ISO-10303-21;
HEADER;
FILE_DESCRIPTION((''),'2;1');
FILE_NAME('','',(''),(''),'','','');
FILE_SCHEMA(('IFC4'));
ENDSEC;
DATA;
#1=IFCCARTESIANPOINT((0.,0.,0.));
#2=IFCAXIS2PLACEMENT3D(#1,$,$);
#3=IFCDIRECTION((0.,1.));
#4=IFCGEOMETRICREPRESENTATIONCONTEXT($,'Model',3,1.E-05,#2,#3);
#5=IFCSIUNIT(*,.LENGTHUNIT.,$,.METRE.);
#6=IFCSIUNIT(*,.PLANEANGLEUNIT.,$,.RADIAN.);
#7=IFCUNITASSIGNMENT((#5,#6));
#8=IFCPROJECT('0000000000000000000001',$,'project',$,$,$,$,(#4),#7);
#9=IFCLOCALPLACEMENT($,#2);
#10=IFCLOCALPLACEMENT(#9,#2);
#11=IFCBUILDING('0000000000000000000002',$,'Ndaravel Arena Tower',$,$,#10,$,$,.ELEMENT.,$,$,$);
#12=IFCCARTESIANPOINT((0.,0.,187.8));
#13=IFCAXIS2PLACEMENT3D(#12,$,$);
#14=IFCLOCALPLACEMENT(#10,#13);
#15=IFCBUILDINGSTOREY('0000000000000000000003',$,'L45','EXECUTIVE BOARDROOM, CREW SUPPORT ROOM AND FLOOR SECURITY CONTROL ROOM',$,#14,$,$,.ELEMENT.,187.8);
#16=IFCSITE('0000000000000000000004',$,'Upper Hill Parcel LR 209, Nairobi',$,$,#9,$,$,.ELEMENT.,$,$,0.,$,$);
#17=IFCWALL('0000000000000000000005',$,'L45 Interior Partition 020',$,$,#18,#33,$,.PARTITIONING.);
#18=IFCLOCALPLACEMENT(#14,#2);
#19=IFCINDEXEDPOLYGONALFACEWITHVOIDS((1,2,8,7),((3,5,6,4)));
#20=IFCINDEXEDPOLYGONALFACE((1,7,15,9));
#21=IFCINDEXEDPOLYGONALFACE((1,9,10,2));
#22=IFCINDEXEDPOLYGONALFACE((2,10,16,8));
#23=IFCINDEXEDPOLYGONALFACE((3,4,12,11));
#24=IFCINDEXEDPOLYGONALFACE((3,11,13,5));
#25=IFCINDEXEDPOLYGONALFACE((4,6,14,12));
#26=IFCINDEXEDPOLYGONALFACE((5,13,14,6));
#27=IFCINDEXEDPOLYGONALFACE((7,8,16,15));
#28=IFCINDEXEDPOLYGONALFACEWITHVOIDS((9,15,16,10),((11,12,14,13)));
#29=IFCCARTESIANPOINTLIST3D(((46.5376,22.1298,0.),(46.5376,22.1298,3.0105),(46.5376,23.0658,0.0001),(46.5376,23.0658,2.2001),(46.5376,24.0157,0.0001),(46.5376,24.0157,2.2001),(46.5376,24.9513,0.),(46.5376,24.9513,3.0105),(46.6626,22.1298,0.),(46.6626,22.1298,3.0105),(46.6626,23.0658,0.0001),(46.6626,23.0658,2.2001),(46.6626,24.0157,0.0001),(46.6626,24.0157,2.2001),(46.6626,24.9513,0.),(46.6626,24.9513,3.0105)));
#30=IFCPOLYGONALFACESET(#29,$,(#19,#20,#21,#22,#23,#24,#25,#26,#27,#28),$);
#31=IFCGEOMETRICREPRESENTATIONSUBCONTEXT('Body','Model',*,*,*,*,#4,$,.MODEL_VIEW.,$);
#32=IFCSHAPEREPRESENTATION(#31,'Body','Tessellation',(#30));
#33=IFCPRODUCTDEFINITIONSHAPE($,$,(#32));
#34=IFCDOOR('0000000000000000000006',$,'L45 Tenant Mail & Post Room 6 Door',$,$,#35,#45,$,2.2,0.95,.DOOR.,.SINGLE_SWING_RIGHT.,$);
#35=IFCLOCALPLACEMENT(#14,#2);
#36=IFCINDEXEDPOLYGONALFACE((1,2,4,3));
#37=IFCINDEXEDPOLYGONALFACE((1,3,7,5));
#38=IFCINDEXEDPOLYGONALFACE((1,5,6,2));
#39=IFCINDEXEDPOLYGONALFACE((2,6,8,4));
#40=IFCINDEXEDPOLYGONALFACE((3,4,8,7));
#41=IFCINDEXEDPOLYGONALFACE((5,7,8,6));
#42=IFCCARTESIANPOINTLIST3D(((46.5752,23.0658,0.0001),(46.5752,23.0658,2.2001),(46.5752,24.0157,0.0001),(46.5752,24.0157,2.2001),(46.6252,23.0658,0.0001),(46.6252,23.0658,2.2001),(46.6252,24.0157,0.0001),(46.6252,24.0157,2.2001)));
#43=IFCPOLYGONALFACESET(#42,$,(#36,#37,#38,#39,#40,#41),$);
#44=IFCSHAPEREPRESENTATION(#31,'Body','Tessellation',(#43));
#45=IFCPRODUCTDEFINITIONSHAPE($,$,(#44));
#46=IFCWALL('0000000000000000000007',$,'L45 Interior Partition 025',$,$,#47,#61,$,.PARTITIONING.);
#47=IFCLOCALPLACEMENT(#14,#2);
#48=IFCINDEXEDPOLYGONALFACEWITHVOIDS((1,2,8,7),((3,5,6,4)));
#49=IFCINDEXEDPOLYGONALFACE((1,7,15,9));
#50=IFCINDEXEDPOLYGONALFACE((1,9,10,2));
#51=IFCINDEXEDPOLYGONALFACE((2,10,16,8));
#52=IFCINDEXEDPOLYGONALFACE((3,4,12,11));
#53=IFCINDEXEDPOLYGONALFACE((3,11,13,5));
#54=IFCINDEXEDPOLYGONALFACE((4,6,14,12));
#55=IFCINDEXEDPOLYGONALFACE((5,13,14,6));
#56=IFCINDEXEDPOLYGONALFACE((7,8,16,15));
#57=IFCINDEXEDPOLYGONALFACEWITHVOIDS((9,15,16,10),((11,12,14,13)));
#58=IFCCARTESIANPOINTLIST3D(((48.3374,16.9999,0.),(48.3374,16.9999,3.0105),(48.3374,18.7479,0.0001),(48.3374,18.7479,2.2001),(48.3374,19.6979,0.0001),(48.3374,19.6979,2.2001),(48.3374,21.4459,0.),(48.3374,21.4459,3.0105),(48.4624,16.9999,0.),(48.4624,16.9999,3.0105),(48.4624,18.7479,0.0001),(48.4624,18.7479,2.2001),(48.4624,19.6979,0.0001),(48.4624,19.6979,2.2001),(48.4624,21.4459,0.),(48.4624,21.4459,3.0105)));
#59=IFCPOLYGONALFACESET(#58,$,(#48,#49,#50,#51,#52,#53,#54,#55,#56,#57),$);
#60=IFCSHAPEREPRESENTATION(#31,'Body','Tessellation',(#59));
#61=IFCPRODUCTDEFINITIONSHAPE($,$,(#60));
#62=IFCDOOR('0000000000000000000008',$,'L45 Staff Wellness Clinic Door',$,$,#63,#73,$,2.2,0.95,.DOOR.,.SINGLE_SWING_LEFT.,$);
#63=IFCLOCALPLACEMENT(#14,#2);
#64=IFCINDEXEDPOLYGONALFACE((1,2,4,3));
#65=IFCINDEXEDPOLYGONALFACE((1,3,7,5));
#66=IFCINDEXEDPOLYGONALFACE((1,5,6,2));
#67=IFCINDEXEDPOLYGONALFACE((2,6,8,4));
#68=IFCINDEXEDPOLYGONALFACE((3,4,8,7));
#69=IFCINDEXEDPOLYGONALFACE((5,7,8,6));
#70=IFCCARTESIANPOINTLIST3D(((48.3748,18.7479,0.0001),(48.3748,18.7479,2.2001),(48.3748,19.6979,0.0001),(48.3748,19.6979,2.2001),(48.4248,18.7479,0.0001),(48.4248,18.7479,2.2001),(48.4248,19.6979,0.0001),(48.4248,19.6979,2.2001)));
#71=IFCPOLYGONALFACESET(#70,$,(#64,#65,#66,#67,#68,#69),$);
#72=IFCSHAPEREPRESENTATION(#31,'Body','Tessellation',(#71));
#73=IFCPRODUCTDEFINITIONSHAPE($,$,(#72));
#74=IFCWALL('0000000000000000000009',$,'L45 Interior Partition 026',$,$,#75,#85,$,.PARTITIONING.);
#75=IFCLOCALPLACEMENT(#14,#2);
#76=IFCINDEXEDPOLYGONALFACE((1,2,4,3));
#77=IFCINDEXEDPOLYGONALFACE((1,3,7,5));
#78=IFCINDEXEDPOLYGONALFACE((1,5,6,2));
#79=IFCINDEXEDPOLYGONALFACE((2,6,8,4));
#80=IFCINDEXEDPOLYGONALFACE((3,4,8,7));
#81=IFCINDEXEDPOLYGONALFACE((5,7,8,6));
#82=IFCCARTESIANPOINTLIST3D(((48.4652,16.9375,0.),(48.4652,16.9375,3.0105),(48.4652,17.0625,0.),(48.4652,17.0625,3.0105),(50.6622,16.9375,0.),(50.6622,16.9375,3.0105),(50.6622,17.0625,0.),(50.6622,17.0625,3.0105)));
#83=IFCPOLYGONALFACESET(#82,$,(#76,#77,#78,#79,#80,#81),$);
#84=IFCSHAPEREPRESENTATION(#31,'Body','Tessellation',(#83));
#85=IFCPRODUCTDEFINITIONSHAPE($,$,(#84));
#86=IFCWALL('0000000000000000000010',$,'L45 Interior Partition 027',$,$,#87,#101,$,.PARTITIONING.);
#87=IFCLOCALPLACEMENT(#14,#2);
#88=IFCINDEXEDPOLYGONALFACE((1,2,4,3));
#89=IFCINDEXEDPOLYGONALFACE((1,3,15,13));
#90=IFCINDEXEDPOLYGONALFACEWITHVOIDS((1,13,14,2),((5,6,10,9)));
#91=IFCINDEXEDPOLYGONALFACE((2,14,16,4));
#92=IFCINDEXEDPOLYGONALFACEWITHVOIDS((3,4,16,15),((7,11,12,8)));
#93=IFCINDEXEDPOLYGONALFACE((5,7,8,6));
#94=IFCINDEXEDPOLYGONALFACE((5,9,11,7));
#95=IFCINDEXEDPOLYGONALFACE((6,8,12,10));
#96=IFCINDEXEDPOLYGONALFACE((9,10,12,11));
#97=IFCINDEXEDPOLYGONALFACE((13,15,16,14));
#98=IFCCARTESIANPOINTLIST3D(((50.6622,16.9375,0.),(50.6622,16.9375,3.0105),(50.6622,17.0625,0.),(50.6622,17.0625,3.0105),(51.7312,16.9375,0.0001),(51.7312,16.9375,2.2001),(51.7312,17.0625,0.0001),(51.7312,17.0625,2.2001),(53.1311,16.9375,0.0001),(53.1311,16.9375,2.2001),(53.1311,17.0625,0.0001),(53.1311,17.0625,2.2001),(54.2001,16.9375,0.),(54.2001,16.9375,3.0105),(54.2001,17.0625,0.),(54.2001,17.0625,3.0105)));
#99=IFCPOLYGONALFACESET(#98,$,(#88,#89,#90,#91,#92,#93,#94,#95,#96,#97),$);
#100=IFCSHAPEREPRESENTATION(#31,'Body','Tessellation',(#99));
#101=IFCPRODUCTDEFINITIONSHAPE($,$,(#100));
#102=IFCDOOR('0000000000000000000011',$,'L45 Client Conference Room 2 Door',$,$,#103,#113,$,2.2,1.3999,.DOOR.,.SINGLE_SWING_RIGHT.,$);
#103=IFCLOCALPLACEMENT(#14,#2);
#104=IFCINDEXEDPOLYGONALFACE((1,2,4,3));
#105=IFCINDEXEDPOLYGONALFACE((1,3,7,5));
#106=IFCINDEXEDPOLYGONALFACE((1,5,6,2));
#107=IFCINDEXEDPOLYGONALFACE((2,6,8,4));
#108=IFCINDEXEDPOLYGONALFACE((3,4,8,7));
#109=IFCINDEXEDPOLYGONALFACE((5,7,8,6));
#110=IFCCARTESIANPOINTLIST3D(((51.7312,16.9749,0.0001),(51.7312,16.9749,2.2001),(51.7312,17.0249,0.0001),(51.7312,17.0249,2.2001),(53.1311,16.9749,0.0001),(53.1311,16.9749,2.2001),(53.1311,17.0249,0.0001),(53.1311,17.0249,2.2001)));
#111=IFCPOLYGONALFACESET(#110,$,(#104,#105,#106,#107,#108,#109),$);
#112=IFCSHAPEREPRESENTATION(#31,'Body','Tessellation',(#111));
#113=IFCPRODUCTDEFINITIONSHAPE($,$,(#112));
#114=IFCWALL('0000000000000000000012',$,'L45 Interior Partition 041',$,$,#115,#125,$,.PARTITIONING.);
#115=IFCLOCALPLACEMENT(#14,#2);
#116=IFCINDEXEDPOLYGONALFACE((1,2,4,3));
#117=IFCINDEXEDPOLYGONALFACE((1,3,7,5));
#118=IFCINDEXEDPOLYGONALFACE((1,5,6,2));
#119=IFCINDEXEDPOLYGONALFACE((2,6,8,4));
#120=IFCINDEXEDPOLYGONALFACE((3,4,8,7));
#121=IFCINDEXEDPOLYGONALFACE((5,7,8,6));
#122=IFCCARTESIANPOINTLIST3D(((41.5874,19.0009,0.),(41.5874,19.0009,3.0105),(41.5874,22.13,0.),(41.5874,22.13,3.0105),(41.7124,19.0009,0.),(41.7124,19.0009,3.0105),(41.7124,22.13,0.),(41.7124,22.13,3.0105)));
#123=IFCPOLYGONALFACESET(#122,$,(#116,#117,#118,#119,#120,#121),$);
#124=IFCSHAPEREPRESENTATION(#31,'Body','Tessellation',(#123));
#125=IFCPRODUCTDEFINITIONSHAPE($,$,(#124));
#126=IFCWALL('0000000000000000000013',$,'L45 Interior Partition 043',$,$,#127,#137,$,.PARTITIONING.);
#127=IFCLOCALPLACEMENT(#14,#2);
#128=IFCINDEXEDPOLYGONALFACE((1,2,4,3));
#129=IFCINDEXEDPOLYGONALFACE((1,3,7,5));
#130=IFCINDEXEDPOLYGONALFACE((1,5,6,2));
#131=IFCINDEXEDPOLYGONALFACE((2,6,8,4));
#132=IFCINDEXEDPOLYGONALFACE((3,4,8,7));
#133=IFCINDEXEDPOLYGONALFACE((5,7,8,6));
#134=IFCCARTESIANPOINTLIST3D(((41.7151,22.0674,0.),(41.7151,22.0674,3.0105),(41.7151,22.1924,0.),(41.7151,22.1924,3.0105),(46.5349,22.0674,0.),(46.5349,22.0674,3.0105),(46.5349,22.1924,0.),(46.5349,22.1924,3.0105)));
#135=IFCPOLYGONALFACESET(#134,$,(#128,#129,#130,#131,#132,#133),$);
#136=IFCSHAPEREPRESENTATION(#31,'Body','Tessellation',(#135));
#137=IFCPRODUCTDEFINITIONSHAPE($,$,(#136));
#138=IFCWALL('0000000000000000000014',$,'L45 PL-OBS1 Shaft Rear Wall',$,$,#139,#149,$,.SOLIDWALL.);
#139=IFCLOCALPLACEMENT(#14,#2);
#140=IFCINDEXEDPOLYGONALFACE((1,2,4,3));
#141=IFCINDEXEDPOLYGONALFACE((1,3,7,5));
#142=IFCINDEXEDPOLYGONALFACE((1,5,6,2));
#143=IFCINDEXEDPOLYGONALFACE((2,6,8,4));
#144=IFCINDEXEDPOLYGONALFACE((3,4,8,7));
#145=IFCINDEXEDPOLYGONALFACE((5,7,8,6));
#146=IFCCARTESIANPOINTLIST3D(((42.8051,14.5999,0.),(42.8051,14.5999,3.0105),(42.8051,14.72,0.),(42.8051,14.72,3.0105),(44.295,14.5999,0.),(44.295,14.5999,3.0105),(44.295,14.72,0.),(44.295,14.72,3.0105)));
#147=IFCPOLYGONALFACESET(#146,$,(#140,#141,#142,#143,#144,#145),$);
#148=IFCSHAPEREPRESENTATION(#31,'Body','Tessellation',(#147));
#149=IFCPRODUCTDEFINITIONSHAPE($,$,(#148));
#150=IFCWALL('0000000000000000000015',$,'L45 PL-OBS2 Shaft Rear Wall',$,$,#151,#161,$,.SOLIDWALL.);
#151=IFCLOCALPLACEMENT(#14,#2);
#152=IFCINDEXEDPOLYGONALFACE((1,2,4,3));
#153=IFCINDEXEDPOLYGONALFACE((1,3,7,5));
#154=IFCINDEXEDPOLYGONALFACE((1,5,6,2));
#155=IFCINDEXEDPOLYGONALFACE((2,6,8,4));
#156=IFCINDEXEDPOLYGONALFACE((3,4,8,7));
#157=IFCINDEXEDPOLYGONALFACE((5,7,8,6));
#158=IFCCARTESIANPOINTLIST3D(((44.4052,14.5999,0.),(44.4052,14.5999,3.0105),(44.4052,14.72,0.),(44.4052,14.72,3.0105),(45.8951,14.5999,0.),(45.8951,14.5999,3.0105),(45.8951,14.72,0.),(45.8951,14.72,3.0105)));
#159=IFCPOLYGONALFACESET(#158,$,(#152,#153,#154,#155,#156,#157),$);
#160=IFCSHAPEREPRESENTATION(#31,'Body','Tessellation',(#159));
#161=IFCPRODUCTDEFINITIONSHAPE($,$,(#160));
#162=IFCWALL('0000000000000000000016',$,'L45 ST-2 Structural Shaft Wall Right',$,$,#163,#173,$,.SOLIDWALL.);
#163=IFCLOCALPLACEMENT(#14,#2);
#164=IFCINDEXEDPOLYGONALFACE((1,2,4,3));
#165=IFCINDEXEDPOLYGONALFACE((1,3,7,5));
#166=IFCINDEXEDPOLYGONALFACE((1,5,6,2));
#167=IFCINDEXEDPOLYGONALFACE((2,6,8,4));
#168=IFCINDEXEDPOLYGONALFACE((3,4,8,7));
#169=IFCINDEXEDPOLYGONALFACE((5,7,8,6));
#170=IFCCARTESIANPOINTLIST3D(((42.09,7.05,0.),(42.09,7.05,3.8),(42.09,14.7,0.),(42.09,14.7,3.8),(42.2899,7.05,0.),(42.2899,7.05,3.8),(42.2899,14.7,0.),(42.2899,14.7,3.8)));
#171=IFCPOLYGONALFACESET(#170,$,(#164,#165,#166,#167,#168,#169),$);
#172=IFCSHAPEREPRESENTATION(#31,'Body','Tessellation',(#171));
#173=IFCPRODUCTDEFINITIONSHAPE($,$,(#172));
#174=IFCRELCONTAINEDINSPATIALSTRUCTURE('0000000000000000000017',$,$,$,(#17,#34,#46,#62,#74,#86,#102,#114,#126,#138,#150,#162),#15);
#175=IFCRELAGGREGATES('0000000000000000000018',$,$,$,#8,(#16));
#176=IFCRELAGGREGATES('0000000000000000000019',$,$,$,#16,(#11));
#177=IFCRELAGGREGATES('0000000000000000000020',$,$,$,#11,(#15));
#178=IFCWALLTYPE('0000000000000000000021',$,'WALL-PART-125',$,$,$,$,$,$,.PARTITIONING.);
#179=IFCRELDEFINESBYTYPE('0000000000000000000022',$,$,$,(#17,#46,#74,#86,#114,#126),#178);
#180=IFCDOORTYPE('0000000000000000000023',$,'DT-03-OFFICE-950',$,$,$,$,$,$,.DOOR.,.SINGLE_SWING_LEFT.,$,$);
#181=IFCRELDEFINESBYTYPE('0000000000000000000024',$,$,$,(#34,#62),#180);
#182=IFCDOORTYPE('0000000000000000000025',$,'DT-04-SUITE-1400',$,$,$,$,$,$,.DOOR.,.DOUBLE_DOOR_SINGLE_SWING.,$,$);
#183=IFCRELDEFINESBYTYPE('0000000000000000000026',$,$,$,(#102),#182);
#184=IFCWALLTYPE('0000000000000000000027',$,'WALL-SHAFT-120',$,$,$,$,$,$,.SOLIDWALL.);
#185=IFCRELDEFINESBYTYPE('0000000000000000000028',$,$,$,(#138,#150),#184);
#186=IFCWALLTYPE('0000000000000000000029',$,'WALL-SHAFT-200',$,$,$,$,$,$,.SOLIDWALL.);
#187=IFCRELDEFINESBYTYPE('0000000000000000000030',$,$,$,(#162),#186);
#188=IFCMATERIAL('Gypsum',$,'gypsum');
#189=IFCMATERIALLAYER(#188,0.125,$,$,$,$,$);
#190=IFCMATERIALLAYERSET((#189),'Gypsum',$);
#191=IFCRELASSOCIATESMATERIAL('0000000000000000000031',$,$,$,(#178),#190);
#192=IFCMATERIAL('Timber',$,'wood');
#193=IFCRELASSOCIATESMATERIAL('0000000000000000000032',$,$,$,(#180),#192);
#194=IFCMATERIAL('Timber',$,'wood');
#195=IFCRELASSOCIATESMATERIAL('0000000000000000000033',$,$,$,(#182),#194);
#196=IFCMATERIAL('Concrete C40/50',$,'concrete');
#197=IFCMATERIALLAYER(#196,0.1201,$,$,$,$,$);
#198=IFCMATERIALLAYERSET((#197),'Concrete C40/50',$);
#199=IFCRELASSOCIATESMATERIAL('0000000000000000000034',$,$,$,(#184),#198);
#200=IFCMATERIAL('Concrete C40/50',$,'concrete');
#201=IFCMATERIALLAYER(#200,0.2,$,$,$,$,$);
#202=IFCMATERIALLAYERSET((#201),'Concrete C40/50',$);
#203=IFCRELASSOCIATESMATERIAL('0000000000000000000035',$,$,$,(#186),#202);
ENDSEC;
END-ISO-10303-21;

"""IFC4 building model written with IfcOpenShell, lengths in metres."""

from ifc_helpers import new_model, si_unit, direction, frame, frame_2d, origin, place, context, subcontext, project, spatial, rectangle, extrude, material, layer, layer_set, type_object, element, fill, save


model = new_model("IFC4")

# Units and contexts
model_context = context("Model", 3, precision=1e-05, world=origin(), true_north=direction((0.0, 1.0)))
body_context = subcontext(model_context, "Body", "Model", "MODEL_VIEW")
ifc_project = project(units=[si_unit("LENGTHUNIT", "METRE"), si_unit("PLANEANGLEUNIT", "RADIAN")], contexts=[model_context])

# Site, building, storey
site_placement = place(None, origin())
site = spatial("IfcSite", under=ifc_project, at=site_placement, Name="Upper Hill Parcel LR 209, Nairobi", CompositionType="ELEMENT", RefElevation=0.0)
building_placement = place(site_placement, origin())
building = spatial("IfcBuilding", under=site, at=building_placement, Name="Ndaravel Arena Tower", CompositionType="ELEMENT")
storey_placement = place(building_placement, frame((0.0, 0.0, 187.8)))
storey = spatial("IfcBuildingStorey", under=building, at=storey_placement, Name="L45", Description="EXECUTIVE BOARDROOM, CREW SUPPORT ROOM AND FLOOR SECURITY CONTROL ROOM", CompositionType="ELEMENT", Elevation=187.8)

# Walls, openings, doors
ifc_material_1 = material(Name="Gypsum", Category="gypsum")
ifc_layer_1 = layer(ifc_material_1, 0.125)
ifc_layer_set_1 = layer_set([ifc_layer_1], Name="Gypsum")
wall_type_1 = type_object("IfcWallType", Name="WALL-PART-125", PredefinedType="PARTITIONING", material=ifc_layer_set_1)
ifc_material_2 = material(Name="Timber", Category="wood")
door_type_1 = type_object("IfcDoorType", Name="DT-03-OFFICE-950", OperationType="SINGLE_SWING_LEFT", PredefinedType="DOOR", material=ifc_material_2)
wall_1_placement = place(storey_placement, frame((46.6001, 22.1299, 0.0), z_axis=(0.0, 0.0, 1.0), x_axis=(0.0, 1.0, 0.0)))
wall_1 = element("IfcWall", 1, at=wall_1_placement, inside=storey, type_object=wall_type_1, Name="L45 Interior Partition 020", PredefinedType="PARTITIONING", context=body_context, shape_type="SweptSolid", body=[
    extrude(rectangle(XDim=2.8215, YDim=0.125, at=frame_2d((1.4106, 0.0))), origin(), (0.0, 0.0, 1.0), 3.0105),
])
opening_1_placement = place(wall_1_placement, frame((0.9358, 0.0, 0.0)))
opening_1 = element("IfcOpeningElement", 2, at=opening_1_placement, cuts=wall_1, PredefinedType="OPENING", context=body_context, shape_type="SweptSolid", body=[
    extrude(rectangle(XDim=0.95, YDim=2.2, at=frame_2d((0.4751, 1.1001))), frame((0.0, 0.0625, 0.0), z_axis=(0.0, -1.0, 0.0), x_axis=(1.0, 0.0, 0.0)), (0.0, 0.0, 1.0), 0.125),
])
door_1_placement = place(opening_1_placement, origin())
door_1 = element("IfcDoor", 3, at=door_1_placement, inside=storey, type_object=door_type_1, Name="L45 Tenant Mail & Post Room 6 Door", OperationType="SINGLE_SWING_RIGHT", OverallHeight=2.2, OverallWidth=0.95, PredefinedType="DOOR", context=body_context, shape_type="SweptSolid", body=[
    extrude(rectangle(XDim=0.95, YDim=2.2, at=frame_2d((0.4751, 1.1001))), frame((0.0, 0.0249, 0.0), z_axis=(0.0, -1.0, 0.0), x_axis=(1.0, 0.0, 0.0)), (0.0, 0.0, 1.0), 0.05),
])
fill(opening_1, door_1)
wall_2_placement = place(storey_placement, frame((48.3999, 21.446, 0.0), z_axis=(0.0, 0.0, 1.0), x_axis=(0.0, -1.0, 0.0)))
wall_2 = element("IfcWall", 4, at=wall_2_placement, inside=storey, type_object=wall_type_1, Name="L45 Interior Partition 025", PredefinedType="PARTITIONING", context=body_context, shape_type="SweptSolid", body=[
    extrude(rectangle(XDim=4.446, YDim=0.125, at=frame_2d((2.2231, 0.0))), origin(), (0.0, 0.0, 1.0), 3.0105),
])
opening_2_placement = place(wall_2_placement, frame((1.748, 0.0, 0.0)))
opening_2 = element("IfcOpeningElement", 5, at=opening_2_placement, cuts=wall_2, PredefinedType="OPENING", context=body_context, shape_type="SweptSolid", body=[
    extrude(rectangle(XDim=0.95, YDim=2.2, at=frame_2d((0.4751, 1.1001))), frame((0.0, 0.0625, 0.0), z_axis=(0.0, -1.0, 0.0), x_axis=(1.0, 0.0, 0.0)), (0.0, 0.0, 1.0), 0.125),
])
door_2_placement = place(opening_2_placement, origin())
door_2 = element("IfcDoor", 6, at=door_2_placement, inside=storey, type_object=door_type_1, Name="L45 Staff Wellness Clinic Door", OperationType="SINGLE_SWING_LEFT", OverallHeight=2.2, OverallWidth=0.95, PredefinedType="DOOR", context=body_context, shape_type="SweptSolid", body=[
    extrude(rectangle(XDim=0.95, YDim=2.2, at=frame_2d((0.4751, 1.1001))), frame((0.0, 0.0249, 0.0), z_axis=(0.0, -1.0, 0.0), x_axis=(1.0, 0.0, 0.0)), (0.0, 0.0, 1.0), 0.05),
])
fill(opening_2, door_2)

# Wall
wall_3_placement = place(storey_placement, frame((48.4651, 17.0, 0.0), z_axis=(0.0, 0.0, 1.0), x_axis=(1.0, 0.0, 0.0)))
element("IfcWall", 7, at=wall_3_placement, inside=storey, type_object=wall_type_1, Name="L45 Interior Partition 026", PredefinedType="PARTITIONING", context=body_context, shape_type="SweptSolid", body=[
    extrude(rectangle(XDim=2.197, YDim=0.125, at=frame_2d((1.0986, 0.0))), origin(), (0.0, 0.0, 1.0), 3.0105),
])

# Wall, opening, door
wall_4_placement = place(storey_placement, frame((50.6621, 17.0, 0.0), z_axis=(0.0, 0.0, 1.0), x_axis=(1.0, 0.0, 0.0)))
wall_4 = element("IfcWall", 8, at=wall_4_placement, inside=storey, type_object=wall_type_1, Name="L45 Interior Partition 027", PredefinedType="PARTITIONING", context=body_context, shape_type="SweptSolid", body=[
    extrude(rectangle(XDim=3.5378, YDim=0.125, at=frame_2d((1.769, 0.0))), origin(), (0.0, 0.0, 1.0), 3.0105),
])
opening_3_placement = place(wall_4_placement, frame((1.0691, 0.0, 0.0)))
opening_3 = element("IfcOpeningElement", 9, at=opening_3_placement, cuts=wall_4, PredefinedType="OPENING", context=body_context, shape_type="SweptSolid", body=[
    extrude(rectangle(XDim=1.3999, YDim=2.2, at=frame_2d((0.7, 1.1001))), frame((0.0, 0.0625, 0.0), z_axis=(0.0, -1.0, 0.0), x_axis=(1.0, 0.0, 0.0)), (0.0, 0.0, 1.0), 0.125),
])
ifc_material_3 = material(Name="Timber", Category="wood")
door_type_2 = type_object("IfcDoorType", Name="DT-04-SUITE-1400", OperationType="DOUBLE_DOOR_SINGLE_SWING", PredefinedType="DOOR", material=ifc_material_3)
door_3_placement = place(opening_3_placement, origin())
door_3 = element("IfcDoor", 10, at=door_3_placement, inside=storey, type_object=door_type_2, Name="L45 Client Conference Room 2 Door", OperationType="SINGLE_SWING_RIGHT", OverallHeight=2.2, OverallWidth=1.3999, PredefinedType="DOOR", context=body_context, shape_type="SweptSolid", body=[
    extrude(rectangle(XDim=1.3999, YDim=2.2, at=frame_2d((0.7, 1.1001))), frame((0.0, 0.0249, 0.0), z_axis=(0.0, -1.0, 0.0), x_axis=(1.0, 0.0, 0.0)), (0.0, 0.0, 1.0), 0.05),
])
fill(opening_3, door_3)

# Walls
wall_5_placement = place(storey_placement, frame((41.6499, 22.1299, 0.0), z_axis=(0.0, 0.0, 1.0), x_axis=(0.0, -1.0, 0.0)))
element("IfcWall", 11, at=wall_5_placement, inside=storey, type_object=wall_type_1, Name="L45 Interior Partition 041", PredefinedType="PARTITIONING", context=body_context, shape_type="SweptSolid", body=[
    extrude(rectangle(XDim=3.1292, YDim=0.125, at=frame_2d((1.5645, 0.0))), origin(), (0.0, 0.0, 1.0), 3.0105),
])
wall_6_placement = place(storey_placement, frame((41.7151, 22.1299, 0.0), z_axis=(0.0, 0.0, 1.0), x_axis=(1.0, 0.0, 0.0)))
element("IfcWall", 12, at=wall_6_placement, inside=storey, type_object=wall_type_1, Name="L45 Interior Partition 043", PredefinedType="PARTITIONING", context=body_context, shape_type="SweptSolid", body=[
    extrude(rectangle(XDim=4.8198, YDim=0.125, at=frame_2d((2.4099, 0.0))), origin(), (0.0, 0.0, 1.0), 3.0105),
])
ifc_material_4 = material(Name="Concrete C40/50", Category="concrete")
ifc_layer_2 = layer(ifc_material_4, 0.1201)
ifc_layer_set_2 = layer_set([ifc_layer_2], Name="Concrete C40/50")
wall_type_2 = type_object("IfcWallType", Name="WALL-SHAFT-120", PredefinedType="SOLIDWALL", material=ifc_layer_set_2)
for number, where, z_axis, x_axis, name in (
    (13, (42.8049, 14.6599, 0.0), (0.0, 0.0, 1.0), (1.0, 0.0, 0.0), "L45 PL-OBS1 Shaft Rear Wall"),
    (14, (44.405, 14.6599, 0.0), (0.0, 0.0, 1.0), (1.0, 0.0, 0.0), "L45 PL-OBS2 Shaft Rear Wall"),
):
    element("IfcWall", number, at=place(storey_placement, frame(where, z_axis=z_axis, x_axis=x_axis)), inside=storey, type_object=wall_type_2, Name=name, PredefinedType="SOLIDWALL", context=body_context, shape_type="SweptSolid", body=[
        extrude(rectangle(XDim=1.49, YDim=0.1201, at=frame_2d((0.7451, 0.0))), origin(), (0.0, 0.0, 1.0), 3.0105),
    ])
ifc_material_5 = material(Name="Concrete C40/50", Category="concrete")
ifc_layer_3 = layer(ifc_material_5, 0.2)
ifc_layer_set_3 = layer_set([ifc_layer_3], Name="Concrete C40/50")
wall_type_3 = type_object("IfcWallType", Name="WALL-SHAFT-200", PredefinedType="SOLIDWALL", material=ifc_layer_set_3)
wall_7_placement = place(storey_placement, frame((42.1899, 14.7, 0.0), z_axis=(0.0, 0.0, 1.0), x_axis=(0.0, -1.0, 0.0)))
element("IfcWall", 15, at=wall_7_placement, inside=storey, type_object=wall_type_3, Name="L45 ST-2 Structural Shaft Wall Right", PredefinedType="SOLIDWALL", context=body_context, shape_type="SweptSolid", body=[
    extrude(rectangle(XDim=7.6499, YDim=0.2, at=frame_2d((3.825, 0.0))), origin(), (0.0, 0.0, 1.0), 3.8),
])

save(model, "model.ifc")
